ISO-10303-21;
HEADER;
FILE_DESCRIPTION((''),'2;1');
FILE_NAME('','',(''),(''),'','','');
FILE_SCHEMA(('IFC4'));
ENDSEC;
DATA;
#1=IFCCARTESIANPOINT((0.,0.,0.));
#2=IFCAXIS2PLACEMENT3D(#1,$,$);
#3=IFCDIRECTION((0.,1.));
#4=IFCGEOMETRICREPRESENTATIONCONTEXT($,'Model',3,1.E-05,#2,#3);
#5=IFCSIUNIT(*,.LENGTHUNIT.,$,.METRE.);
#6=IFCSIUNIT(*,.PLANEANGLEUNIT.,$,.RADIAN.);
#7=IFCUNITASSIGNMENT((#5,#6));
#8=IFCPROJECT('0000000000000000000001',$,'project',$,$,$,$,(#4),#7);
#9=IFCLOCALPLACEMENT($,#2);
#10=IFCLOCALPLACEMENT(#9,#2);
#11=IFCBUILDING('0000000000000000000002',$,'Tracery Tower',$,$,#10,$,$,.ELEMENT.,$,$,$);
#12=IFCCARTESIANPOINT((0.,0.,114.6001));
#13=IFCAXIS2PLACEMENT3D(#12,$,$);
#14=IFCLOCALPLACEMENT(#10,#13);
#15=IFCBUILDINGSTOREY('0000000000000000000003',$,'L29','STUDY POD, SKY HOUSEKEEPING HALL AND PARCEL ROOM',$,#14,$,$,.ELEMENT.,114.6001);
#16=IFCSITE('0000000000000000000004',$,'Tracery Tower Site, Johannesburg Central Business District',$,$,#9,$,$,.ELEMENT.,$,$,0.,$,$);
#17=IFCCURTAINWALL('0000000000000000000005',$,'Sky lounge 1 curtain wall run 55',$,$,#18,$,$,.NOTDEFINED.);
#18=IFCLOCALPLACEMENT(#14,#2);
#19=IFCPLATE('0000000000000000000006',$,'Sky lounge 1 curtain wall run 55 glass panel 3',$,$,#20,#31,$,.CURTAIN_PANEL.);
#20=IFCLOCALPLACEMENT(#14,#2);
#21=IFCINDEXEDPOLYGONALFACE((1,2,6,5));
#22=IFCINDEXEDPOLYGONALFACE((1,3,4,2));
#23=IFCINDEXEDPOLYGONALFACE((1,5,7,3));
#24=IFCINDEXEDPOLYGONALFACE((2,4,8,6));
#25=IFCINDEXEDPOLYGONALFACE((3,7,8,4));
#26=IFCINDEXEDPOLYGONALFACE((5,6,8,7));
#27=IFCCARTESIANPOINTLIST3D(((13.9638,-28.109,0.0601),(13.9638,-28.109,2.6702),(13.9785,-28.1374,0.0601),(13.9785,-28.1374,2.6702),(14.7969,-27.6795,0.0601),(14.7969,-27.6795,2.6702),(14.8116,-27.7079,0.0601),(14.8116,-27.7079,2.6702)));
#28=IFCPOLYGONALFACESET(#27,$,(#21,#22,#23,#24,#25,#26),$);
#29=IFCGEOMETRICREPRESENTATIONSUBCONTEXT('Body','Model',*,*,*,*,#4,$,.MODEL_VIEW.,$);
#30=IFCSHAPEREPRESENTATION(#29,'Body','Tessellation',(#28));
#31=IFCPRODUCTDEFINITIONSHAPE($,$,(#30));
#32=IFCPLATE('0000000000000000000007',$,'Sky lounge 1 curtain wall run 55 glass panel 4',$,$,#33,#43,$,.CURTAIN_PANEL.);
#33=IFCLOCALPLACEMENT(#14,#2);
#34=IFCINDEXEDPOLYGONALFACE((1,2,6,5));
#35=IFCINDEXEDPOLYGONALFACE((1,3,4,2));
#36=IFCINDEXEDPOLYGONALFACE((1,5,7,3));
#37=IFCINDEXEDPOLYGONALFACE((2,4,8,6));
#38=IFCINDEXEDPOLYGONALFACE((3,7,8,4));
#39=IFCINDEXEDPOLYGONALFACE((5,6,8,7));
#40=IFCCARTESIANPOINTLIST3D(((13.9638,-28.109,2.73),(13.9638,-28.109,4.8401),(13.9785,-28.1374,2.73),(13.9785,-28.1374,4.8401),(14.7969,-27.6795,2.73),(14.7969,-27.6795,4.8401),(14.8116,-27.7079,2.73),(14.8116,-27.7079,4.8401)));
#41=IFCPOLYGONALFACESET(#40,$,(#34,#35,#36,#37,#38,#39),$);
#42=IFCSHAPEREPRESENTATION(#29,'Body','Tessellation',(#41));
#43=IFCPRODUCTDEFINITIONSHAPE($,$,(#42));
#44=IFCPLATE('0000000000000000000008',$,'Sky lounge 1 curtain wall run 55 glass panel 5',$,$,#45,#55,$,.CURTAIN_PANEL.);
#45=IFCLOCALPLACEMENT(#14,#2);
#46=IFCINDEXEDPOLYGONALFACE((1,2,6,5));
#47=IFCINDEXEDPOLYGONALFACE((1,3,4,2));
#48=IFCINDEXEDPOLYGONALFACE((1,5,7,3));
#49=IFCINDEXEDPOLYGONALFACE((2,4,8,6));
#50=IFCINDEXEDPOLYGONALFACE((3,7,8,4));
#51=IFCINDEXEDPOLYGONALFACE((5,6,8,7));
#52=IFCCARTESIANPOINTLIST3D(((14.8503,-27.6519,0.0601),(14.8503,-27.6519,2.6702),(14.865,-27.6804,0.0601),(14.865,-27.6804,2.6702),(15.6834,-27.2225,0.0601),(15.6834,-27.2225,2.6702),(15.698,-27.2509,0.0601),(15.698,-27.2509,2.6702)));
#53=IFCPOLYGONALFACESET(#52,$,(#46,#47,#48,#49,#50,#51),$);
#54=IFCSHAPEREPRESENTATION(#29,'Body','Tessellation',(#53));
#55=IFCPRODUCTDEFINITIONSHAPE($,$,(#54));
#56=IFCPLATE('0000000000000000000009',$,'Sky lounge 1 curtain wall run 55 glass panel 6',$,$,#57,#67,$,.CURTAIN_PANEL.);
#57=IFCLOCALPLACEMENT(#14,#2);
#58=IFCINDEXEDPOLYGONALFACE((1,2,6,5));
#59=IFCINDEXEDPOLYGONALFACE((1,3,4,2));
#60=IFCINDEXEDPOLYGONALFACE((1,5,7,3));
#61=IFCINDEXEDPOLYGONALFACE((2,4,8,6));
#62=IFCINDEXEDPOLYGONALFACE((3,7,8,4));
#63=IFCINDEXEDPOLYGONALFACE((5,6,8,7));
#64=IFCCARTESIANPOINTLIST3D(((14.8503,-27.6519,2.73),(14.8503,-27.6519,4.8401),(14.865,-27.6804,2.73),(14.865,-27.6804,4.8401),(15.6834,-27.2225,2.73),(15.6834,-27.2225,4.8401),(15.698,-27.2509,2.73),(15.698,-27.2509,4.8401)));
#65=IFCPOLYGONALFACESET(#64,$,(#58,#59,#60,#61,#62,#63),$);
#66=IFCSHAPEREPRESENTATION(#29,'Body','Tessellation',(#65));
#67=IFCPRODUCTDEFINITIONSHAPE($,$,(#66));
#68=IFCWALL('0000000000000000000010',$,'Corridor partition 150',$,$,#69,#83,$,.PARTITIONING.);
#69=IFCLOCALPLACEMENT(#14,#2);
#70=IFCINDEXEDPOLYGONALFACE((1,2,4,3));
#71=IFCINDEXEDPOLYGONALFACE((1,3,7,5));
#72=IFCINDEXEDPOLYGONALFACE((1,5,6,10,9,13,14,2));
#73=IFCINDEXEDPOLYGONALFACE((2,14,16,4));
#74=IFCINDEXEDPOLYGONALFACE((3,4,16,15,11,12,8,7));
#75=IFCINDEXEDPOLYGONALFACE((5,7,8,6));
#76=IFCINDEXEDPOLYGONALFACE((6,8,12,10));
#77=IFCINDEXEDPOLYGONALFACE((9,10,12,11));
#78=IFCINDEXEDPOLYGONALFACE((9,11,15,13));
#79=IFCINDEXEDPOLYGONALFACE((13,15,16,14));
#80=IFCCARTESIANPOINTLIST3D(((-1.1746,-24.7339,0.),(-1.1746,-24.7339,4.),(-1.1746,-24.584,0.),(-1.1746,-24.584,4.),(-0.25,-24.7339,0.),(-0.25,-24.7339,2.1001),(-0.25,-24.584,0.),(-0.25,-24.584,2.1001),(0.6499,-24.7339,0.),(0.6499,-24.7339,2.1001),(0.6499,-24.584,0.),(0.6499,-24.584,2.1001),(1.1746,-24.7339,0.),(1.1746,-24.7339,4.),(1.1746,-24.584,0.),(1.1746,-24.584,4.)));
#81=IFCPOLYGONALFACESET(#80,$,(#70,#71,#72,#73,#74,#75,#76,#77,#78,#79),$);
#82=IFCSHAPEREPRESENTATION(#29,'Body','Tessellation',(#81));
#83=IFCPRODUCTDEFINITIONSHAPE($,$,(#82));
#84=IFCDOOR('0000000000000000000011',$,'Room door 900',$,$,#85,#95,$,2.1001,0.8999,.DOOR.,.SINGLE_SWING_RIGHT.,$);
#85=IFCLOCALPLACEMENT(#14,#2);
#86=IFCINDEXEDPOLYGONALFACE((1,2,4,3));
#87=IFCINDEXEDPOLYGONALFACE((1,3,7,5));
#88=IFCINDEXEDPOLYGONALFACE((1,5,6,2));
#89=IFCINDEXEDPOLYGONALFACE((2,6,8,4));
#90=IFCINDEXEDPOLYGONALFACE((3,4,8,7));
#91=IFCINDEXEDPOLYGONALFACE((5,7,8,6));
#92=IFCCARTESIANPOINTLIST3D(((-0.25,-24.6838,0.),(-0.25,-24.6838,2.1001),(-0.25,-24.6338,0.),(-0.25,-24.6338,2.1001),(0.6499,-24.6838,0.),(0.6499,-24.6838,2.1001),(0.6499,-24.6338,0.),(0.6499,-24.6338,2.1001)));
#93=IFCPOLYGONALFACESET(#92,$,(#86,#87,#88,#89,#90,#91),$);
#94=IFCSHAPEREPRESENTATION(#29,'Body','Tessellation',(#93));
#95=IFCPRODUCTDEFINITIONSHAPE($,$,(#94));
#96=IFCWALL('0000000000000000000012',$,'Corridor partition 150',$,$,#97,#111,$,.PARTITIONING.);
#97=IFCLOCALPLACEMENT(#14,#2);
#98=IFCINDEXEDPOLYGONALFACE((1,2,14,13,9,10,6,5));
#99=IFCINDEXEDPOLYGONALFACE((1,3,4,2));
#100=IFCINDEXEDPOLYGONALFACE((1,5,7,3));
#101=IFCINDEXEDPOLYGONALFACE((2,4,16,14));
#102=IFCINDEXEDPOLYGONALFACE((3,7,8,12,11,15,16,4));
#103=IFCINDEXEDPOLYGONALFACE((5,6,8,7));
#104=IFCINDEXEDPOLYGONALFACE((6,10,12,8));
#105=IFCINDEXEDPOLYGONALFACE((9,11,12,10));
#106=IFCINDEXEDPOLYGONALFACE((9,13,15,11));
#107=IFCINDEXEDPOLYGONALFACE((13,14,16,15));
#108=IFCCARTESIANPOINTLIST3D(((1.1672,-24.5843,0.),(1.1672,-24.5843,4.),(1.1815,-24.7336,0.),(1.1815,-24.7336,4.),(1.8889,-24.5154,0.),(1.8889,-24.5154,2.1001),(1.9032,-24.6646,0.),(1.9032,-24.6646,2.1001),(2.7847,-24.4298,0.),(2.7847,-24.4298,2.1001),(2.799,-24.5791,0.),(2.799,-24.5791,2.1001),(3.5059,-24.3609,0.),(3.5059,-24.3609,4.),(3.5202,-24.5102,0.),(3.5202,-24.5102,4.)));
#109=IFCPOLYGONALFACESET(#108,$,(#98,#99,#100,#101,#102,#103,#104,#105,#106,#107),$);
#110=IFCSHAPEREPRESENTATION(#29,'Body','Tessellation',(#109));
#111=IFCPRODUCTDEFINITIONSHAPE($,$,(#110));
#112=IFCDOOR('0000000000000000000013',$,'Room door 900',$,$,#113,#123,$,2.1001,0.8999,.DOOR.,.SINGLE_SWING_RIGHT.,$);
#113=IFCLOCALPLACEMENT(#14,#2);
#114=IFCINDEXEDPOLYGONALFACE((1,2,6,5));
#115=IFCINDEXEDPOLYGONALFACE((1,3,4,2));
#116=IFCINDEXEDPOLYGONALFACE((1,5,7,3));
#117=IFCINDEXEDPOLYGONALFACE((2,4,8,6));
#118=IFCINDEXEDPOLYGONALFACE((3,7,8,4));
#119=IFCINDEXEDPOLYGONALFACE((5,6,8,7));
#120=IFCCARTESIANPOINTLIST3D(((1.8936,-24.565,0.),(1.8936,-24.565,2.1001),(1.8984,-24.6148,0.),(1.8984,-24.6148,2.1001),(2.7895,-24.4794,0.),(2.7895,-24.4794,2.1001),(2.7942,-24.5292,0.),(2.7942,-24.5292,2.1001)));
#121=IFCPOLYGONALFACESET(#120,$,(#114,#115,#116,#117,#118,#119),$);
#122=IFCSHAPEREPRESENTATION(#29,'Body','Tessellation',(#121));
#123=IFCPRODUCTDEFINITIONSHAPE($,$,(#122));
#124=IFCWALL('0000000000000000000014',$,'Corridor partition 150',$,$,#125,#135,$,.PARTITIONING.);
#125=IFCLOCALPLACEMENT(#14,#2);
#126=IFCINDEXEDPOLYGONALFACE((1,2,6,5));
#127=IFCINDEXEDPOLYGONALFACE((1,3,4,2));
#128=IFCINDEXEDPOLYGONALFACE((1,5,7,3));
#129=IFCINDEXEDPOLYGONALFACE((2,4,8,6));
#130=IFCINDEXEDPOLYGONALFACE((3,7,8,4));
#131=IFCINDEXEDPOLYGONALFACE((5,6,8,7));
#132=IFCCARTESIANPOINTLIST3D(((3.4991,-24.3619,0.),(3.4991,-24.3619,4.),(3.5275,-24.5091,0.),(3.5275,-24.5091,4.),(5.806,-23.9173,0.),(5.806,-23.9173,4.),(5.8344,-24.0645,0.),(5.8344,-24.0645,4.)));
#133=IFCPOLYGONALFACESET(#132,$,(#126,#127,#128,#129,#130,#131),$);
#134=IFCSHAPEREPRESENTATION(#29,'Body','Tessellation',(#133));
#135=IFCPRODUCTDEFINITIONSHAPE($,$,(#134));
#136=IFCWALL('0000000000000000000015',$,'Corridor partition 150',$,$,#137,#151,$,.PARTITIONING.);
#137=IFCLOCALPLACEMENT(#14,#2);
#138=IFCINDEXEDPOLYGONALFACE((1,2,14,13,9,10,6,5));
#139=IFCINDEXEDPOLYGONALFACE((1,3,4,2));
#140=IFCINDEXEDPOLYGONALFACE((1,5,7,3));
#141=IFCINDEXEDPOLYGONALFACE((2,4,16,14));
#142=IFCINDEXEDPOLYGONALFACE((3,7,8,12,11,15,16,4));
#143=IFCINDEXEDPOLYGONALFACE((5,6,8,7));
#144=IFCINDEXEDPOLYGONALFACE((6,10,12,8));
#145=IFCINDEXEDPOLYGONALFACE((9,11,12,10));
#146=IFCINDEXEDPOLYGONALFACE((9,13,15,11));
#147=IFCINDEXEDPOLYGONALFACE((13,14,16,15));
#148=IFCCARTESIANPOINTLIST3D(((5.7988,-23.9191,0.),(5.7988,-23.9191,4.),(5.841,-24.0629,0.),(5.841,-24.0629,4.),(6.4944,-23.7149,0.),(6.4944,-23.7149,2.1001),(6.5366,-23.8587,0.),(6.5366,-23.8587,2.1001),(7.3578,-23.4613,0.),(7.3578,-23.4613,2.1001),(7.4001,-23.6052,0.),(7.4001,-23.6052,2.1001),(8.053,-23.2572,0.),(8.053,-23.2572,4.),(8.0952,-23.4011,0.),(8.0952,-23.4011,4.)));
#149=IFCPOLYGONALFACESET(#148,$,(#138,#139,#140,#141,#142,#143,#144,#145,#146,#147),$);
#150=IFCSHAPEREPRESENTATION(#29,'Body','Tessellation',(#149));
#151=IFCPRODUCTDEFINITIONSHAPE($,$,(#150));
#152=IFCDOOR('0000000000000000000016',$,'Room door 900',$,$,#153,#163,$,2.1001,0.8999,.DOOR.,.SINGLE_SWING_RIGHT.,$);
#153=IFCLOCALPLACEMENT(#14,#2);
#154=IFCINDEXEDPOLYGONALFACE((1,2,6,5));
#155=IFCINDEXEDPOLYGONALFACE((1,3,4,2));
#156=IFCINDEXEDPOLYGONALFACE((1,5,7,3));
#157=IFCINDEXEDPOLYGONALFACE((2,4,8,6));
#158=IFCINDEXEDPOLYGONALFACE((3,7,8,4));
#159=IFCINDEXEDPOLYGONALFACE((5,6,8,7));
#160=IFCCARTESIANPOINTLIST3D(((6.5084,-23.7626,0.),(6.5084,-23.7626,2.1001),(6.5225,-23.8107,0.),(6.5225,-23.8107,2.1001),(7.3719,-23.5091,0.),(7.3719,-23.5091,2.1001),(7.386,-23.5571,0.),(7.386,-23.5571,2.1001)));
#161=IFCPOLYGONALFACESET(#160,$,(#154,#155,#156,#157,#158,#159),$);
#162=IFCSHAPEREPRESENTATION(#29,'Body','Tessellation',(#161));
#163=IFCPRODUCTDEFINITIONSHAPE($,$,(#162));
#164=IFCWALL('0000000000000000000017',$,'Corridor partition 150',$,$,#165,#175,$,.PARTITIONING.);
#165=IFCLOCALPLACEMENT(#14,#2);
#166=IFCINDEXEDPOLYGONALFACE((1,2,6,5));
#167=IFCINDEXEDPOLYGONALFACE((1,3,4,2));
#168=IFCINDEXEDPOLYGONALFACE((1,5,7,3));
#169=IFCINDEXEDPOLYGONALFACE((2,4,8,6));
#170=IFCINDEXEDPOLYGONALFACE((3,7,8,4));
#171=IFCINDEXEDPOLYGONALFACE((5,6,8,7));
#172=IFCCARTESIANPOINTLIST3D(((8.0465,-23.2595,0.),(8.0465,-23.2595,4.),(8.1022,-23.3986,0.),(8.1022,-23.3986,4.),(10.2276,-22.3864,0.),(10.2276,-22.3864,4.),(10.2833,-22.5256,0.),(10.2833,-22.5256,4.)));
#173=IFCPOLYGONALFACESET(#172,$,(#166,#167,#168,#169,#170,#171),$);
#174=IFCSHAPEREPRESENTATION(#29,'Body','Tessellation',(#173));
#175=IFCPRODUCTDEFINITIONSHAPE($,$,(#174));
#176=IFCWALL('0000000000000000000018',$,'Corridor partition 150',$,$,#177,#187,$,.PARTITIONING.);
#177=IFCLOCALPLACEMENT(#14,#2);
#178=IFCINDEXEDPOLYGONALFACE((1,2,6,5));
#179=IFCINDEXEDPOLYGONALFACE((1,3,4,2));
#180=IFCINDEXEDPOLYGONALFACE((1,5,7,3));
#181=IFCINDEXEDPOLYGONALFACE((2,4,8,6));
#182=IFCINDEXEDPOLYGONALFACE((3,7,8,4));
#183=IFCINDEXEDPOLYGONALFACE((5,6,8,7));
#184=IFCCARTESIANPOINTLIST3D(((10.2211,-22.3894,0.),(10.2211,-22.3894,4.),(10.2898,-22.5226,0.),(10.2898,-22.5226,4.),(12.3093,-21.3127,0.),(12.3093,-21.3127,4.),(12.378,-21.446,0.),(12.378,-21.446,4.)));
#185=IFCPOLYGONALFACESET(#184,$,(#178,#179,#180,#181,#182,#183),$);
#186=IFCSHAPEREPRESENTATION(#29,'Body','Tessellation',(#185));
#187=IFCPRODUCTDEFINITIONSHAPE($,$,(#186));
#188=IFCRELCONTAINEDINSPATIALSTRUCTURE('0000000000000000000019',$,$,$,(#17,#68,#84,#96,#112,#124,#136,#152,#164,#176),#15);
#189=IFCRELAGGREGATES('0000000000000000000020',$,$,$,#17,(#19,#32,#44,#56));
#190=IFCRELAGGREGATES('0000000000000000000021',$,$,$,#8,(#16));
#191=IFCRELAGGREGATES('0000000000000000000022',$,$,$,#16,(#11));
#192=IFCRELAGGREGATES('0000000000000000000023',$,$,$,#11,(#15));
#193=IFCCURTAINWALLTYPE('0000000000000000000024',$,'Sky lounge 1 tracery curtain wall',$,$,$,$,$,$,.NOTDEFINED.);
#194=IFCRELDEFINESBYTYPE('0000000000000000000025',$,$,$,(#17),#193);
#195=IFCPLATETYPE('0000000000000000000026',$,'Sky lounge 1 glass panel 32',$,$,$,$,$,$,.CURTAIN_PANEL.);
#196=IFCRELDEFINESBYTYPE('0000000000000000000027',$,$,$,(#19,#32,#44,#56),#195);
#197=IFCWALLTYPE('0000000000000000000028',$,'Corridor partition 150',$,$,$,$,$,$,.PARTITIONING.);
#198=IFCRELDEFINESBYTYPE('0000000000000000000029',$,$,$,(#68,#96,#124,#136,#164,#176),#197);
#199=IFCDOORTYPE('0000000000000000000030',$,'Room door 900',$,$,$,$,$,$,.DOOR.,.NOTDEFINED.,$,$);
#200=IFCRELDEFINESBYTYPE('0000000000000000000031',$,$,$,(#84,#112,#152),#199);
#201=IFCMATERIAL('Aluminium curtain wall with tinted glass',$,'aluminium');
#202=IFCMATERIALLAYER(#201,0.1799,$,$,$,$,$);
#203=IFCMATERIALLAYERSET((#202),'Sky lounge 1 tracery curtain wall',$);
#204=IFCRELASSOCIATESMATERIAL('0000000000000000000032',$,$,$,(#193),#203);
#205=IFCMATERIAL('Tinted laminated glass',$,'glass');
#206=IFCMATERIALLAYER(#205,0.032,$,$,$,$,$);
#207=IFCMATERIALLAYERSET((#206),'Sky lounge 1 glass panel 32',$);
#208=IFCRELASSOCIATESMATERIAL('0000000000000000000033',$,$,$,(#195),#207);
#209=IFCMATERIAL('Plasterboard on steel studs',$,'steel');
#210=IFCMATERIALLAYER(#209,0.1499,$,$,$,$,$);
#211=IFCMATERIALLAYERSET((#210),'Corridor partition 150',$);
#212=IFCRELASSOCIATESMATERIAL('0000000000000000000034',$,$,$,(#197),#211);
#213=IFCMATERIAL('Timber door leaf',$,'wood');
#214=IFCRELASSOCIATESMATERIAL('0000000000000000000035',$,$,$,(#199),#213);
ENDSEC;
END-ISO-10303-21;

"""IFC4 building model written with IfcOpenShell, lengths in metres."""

from ifc_helpers import new_model, si_unit, direction, frame, frame_2d, origin, origin_2d, place, context, subcontext, project, spatial, rectangle, extrude, material, layer, layer_set, type_object, element, fill, aggregate, save


model = new_model("IFC4")

# Units and contexts
model_context = context("Model", 3, precision=1e-05, world=origin(), true_north=direction((0.0, 1.0)))
body_context = subcontext(model_context, "Body", "Model", "MODEL_VIEW")
ifc_project = project(units=[si_unit("LENGTHUNIT", "METRE"), si_unit("PLANEANGLEUNIT", "RADIAN")], contexts=[model_context])

# Site, building, storey
site_placement = place(None, origin())
site = spatial("IfcSite", under=ifc_project, at=site_placement, Name="Tracery Tower Site, Johannesburg Central Business District", CompositionType="ELEMENT", RefElevation=0.0)
building_placement = place(site_placement, origin())
building = spatial("IfcBuilding", under=site, at=building_placement, Name="Tracery Tower", CompositionType="ELEMENT")
storey_placement = place(building_placement, frame((0.0, 0.0, 114.6001)))
storey = spatial("IfcBuildingStorey", under=building, at=storey_placement, Name="L29", Description="STUDY POD, SKY HOUSEKEEPING HALL AND PARCEL ROOM", CompositionType="ELEMENT", Elevation=114.6001)

# Curtain wall, plates
ifc_material_1 = material(Name="Aluminium curtain wall with tinted glass", Category="aluminium")
ifc_layer_1 = layer(ifc_material_1, 0.1799)
ifc_layer_set_1 = layer_set([ifc_layer_1], Name="Sky lounge 1 tracery curtain wall")
curtain_wall_type = type_object("IfcCurtainWallType", Name="Sky lounge 1 tracery curtain wall", PredefinedType="NOTDEFINED", material=ifc_layer_set_1)
curtain_wall_placement = place(storey_placement, origin())
curtain_wall = element("IfcCurtainWall", 1, at=curtain_wall_placement, inside=storey, type_object=curtain_wall_type, Name="Sky lounge 1 curtain wall run 55", PredefinedType="NOTDEFINED")
ifc_material_2 = material(Name="Tinted laminated glass", Category="glass")
ifc_layer_2 = layer(ifc_material_2, 0.032)
ifc_layer_set_2 = layer_set([ifc_layer_2], Name="Sky lounge 1 glass panel 32")
plate_type = type_object("IfcPlateType", Name="Sky lounge 1 glass panel 32", PredefinedType="CURTAIN_PANEL", material=ifc_layer_set_2)
plate_1_placement = place(storey_placement, frame((14.3877, -27.9084, 0.0601), z_axis=(0.0, 0.0, 1.0), x_axis=(0.888835, 0.458227, 0.0)))
plate_1 = element("IfcPlate", 2, at=plate_1_placement, type_object=plate_type, Name="Sky lounge 1 curtain wall run 55 glass panel 3", PredefinedType="CURTAIN_PANEL", context=body_context, shape_type="SweptSolid", body=[
    extrude(rectangle(XDim=0.9373, YDim=0.032, at=origin_2d()), origin(), (0.0, 0.0, 1.0), 2.6101),
])
plate_2_placement = place(storey_placement, frame((14.3877, -27.9084, 2.73), z_axis=(0.0, 0.0, 1.0), x_axis=(0.888835, 0.458227, 0.0)))
plate_2 = element("IfcPlate", 3, at=plate_2_placement, type_object=plate_type, Name="Sky lounge 1 curtain wall run 55 glass panel 4", PredefinedType="CURTAIN_PANEL", context=body_context, shape_type="SweptSolid", body=[
    extrude(rectangle(XDim=0.9373, YDim=0.032, at=origin_2d()), origin(), (0.0, 0.0, 1.0), 2.1101),
])
plate_3_placement = place(storey_placement, frame((15.2742, -27.4514, 0.0601), z_axis=(0.0, 0.0, 1.0), x_axis=(0.888835, 0.458227, 0.0)))
plate_3 = element("IfcPlate", 4, at=plate_3_placement, type_object=plate_type, Name="Sky lounge 1 curtain wall run 55 glass panel 5", PredefinedType="CURTAIN_PANEL", context=body_context, shape_type="SweptSolid", body=[
    extrude(rectangle(XDim=0.9373, YDim=0.032, at=origin_2d()), origin(), (0.0, 0.0, 1.0), 2.6101),
])
plate_4_placement = place(storey_placement, frame((15.2742, -27.4514, 2.73), z_axis=(0.0, 0.0, 1.0), x_axis=(0.888835, 0.458227, 0.0)))
plate_4 = element("IfcPlate", 5, at=plate_4_placement, type_object=plate_type, Name="Sky lounge 1 curtain wall run 55 glass panel 6", PredefinedType="CURTAIN_PANEL", context=body_context, shape_type="SweptSolid", body=[
    extrude(rectangle(XDim=0.9373, YDim=0.032, at=origin_2d()), origin(), (0.0, 0.0, 1.0), 2.1101),
])
aggregate(curtain_wall, [plate_1, plate_2, plate_3, plate_4])

# Walls, openings, doors
ifc_material_3 = material(Name="Plasterboard on steel studs", Category="steel")
ifc_layer_3 = layer(ifc_material_3, 0.1499)
ifc_layer_set_3 = layer_set([ifc_layer_3], Name="Corridor partition 150")
wall_type = type_object("IfcWallType", Name="Corridor partition 150", PredefinedType="PARTITIONING", material=ifc_layer_set_3)
wall_1_placement = place(storey_placement, frame((1.1746, -24.6589, 0.0), z_axis=(0.0, 0.0, 1.0), x_axis=(-1.0, 0.0, 0.0)))
wall_1 = element("IfcWall", 6, at=wall_1_placement, inside=storey, type_object=wall_type, Name="Corridor partition 150", PredefinedType="PARTITIONING", context=body_context, shape_type="SweptSolid", body=[
    extrude(rectangle(XDim=2.3491, YDim=0.1499, at=frame_2d((1.1746, 0.0))), origin(), (0.0, 0.0, 1.0), 4.0),
])
opening_1_placement = place(wall_1_placement, frame((0.5247, 0.0, 0.0)))
opening_1 = element("IfcOpeningElement", 7, at=opening_1_placement, cuts=wall_1, PredefinedType="OPENING", context=body_context, shape_type="SweptSolid", body=[
    extrude(rectangle(XDim=0.8999, YDim=2.1001, at=frame_2d((0.45, 1.05))), frame((0.0, 0.075, 0.0), z_axis=(0.0, -1.0, 0.0), x_axis=(1.0, 0.0, 0.0)), (0.0, 0.0, 1.0), 0.1499),
])
ifc_material_4 = material(Name="Timber door leaf", Category="wood")
door_type = type_object("IfcDoorType", Name="Room door 900", OperationType="NOTDEFINED", PredefinedType="DOOR", material=ifc_material_4)
door_1_placement = place(opening_1_placement, origin())
door_1 = element("IfcDoor", 8, at=door_1_placement, inside=storey, type_object=door_type, Name="Room door 900", OperationType="SINGLE_SWING_RIGHT", OverallHeight=2.1001, OverallWidth=0.8999, PredefinedType="DOOR", context=body_context, shape_type="SweptSolid", body=[
    extrude(rectangle(XDim=0.8999, YDim=2.1001, at=frame_2d((0.45, 1.05))), frame((0.0, 0.0249, 0.0), z_axis=(0.0, -1.0, 0.0), x_axis=(1.0, 0.0, 0.0)), (0.0, 0.0, 1.0), 0.05),
])
fill(opening_1, door_1)
wall_2_placement = place(storey_placement, frame((3.5132, -24.4355, 0.0), z_axis=(0.0, 0.0, 1.0), x_axis=(-0.995469, -0.095089, 0.0)))
wall_2 = element("IfcWall", 9, at=wall_2_placement, inside=storey, type_object=wall_type, Name="Corridor partition 150", PredefinedType="PARTITIONING", context=body_context, shape_type="SweptSolid", body=[
    extrude(rectangle(XDim=2.3494, YDim=0.1499, at=frame_2d((1.1748, 0.0))), origin(), (0.0, 0.0, 1.0), 4.0),
])
opening_2_placement = place(wall_2_placement, frame((0.7246, 0.0, 0.0)))
opening_2 = element("IfcOpeningElement", 10, at=opening_2_placement, cuts=wall_2, PredefinedType="OPENING", context=body_context, shape_type="SweptSolid", body=[
    extrude(rectangle(XDim=0.8999, YDim=2.1001, at=frame_2d((0.45, 1.05))), frame((0.0, 0.075, 0.0), z_axis=(0.0, -1.0, 0.0), x_axis=(1.0, 0.0, 0.0)), (0.0, 0.0, 1.0), 0.1499),
])
door_2_placement = place(opening_2_placement, origin())
door_2 = element("IfcDoor", 11, at=door_2_placement, inside=storey, type_object=door_type, Name="Room door 900", OperationType="SINGLE_SWING_RIGHT", OverallHeight=2.1001, OverallWidth=0.8999, PredefinedType="DOOR", context=body_context, shape_type="SweptSolid", body=[
    extrude(rectangle(XDim=0.8999, YDim=2.1001, at=frame_2d((0.45, 1.05))), frame((0.0, 0.0249, 0.0), z_axis=(0.0, -1.0, 0.0), x_axis=(1.0, 0.0, 0.0)), (0.0, 0.0, 1.0), 0.05),
])
fill(opening_2, door_2)

# Wall
wall_3_placement = place(storey_placement, frame((3.5132, -24.4355, 0.0), z_axis=(0.0, 0.0, 1.0), x_axis=(0.981932, 0.189237, 0.0)))
element("IfcWall", 12, at=wall_3_placement, inside=storey, type_object=wall_type, Name="Corridor partition 150", PredefinedType="PARTITIONING", context=body_context, shape_type="SweptSolid", body=[
    extrude(rectangle(XDim=2.3494, YDim=0.1499, at=frame_2d((1.1748, 0.0))), origin(), (0.0, 0.0, 1.0), 4.0),
])

# Wall, opening, door
wall_4_placement = place(storey_placement, frame((8.0742, -23.3291, 0.0), z_axis=(0.0, 0.0, 1.0), x_axis=(-0.959494, -0.281727, 0.0)))
wall_4 = element("IfcWall", 13, at=wall_4_placement, inside=storey, type_object=wall_type, Name="Corridor partition 150", PredefinedType="PARTITIONING", context=body_context, shape_type="SweptSolid", body=[
    extrude(rectangle(XDim=2.3494, YDim=0.1499, at=frame_2d((1.1748, 0.0))), origin(), (0.0, 0.0, 1.0), 4.0),
])
opening_3_placement = place(wall_4_placement, frame((0.7246, 0.0, 0.0)))
opening_3 = element("IfcOpeningElement", 14, at=opening_3_placement, cuts=wall_4, PredefinedType="OPENING", context=body_context, shape_type="SweptSolid", body=[
    extrude(rectangle(XDim=0.8999, YDim=2.1001, at=frame_2d((0.45, 1.05))), frame((0.0, 0.075, 0.0), z_axis=(0.0, -1.0, 0.0), x_axis=(1.0, 0.0, 0.0)), (0.0, 0.0, 1.0), 0.1499),
])
door_3_placement = place(opening_3_placement, origin())
door_3 = element("IfcDoor", 15, at=door_3_placement, inside=storey, type_object=door_type, Name="Room door 900", OperationType="SINGLE_SWING_RIGHT", OverallHeight=2.1001, OverallWidth=0.8999, PredefinedType="DOOR", context=body_context, shape_type="SweptSolid", body=[
    extrude(rectangle(XDim=0.8999, YDim=2.1001, at=frame_2d((0.45, 1.05))), frame((0.0, 0.0249, 0.0), z_axis=(0.0, -1.0, 0.0), x_axis=(1.0, 0.0, 0.0)), (0.0, 0.0, 1.0), 0.05),
])
fill(opening_3, door_3)

# Walls
for number, where, z_axis, x_axis, name in (
    (16, (8.0742, -23.3291, 0.0), (0.0, 0.0, 1.0), (0.928391, 0.371606, 0.0), "Corridor partition 150"),
    (17, (10.2554, -22.4561, 0.0), (0.0, 0.0, 1.0), (0.888809, 0.458278, 0.0), "Corridor partition 150"),
):
    element("IfcWall", number, at=place(storey_placement, frame(where, z_axis=z_axis, x_axis=x_axis)), inside=storey, type_object=wall_type, Name=name, PredefinedType="PARTITIONING", context=body_context, shape_type="SweptSolid", body=[
        extrude(rectangle(XDim=2.3494, YDim=0.1499, at=frame_2d((1.1748, 0.0))), origin(), (0.0, 0.0, 1.0), 4.0),
    ])

save(model, "model.ifc")
